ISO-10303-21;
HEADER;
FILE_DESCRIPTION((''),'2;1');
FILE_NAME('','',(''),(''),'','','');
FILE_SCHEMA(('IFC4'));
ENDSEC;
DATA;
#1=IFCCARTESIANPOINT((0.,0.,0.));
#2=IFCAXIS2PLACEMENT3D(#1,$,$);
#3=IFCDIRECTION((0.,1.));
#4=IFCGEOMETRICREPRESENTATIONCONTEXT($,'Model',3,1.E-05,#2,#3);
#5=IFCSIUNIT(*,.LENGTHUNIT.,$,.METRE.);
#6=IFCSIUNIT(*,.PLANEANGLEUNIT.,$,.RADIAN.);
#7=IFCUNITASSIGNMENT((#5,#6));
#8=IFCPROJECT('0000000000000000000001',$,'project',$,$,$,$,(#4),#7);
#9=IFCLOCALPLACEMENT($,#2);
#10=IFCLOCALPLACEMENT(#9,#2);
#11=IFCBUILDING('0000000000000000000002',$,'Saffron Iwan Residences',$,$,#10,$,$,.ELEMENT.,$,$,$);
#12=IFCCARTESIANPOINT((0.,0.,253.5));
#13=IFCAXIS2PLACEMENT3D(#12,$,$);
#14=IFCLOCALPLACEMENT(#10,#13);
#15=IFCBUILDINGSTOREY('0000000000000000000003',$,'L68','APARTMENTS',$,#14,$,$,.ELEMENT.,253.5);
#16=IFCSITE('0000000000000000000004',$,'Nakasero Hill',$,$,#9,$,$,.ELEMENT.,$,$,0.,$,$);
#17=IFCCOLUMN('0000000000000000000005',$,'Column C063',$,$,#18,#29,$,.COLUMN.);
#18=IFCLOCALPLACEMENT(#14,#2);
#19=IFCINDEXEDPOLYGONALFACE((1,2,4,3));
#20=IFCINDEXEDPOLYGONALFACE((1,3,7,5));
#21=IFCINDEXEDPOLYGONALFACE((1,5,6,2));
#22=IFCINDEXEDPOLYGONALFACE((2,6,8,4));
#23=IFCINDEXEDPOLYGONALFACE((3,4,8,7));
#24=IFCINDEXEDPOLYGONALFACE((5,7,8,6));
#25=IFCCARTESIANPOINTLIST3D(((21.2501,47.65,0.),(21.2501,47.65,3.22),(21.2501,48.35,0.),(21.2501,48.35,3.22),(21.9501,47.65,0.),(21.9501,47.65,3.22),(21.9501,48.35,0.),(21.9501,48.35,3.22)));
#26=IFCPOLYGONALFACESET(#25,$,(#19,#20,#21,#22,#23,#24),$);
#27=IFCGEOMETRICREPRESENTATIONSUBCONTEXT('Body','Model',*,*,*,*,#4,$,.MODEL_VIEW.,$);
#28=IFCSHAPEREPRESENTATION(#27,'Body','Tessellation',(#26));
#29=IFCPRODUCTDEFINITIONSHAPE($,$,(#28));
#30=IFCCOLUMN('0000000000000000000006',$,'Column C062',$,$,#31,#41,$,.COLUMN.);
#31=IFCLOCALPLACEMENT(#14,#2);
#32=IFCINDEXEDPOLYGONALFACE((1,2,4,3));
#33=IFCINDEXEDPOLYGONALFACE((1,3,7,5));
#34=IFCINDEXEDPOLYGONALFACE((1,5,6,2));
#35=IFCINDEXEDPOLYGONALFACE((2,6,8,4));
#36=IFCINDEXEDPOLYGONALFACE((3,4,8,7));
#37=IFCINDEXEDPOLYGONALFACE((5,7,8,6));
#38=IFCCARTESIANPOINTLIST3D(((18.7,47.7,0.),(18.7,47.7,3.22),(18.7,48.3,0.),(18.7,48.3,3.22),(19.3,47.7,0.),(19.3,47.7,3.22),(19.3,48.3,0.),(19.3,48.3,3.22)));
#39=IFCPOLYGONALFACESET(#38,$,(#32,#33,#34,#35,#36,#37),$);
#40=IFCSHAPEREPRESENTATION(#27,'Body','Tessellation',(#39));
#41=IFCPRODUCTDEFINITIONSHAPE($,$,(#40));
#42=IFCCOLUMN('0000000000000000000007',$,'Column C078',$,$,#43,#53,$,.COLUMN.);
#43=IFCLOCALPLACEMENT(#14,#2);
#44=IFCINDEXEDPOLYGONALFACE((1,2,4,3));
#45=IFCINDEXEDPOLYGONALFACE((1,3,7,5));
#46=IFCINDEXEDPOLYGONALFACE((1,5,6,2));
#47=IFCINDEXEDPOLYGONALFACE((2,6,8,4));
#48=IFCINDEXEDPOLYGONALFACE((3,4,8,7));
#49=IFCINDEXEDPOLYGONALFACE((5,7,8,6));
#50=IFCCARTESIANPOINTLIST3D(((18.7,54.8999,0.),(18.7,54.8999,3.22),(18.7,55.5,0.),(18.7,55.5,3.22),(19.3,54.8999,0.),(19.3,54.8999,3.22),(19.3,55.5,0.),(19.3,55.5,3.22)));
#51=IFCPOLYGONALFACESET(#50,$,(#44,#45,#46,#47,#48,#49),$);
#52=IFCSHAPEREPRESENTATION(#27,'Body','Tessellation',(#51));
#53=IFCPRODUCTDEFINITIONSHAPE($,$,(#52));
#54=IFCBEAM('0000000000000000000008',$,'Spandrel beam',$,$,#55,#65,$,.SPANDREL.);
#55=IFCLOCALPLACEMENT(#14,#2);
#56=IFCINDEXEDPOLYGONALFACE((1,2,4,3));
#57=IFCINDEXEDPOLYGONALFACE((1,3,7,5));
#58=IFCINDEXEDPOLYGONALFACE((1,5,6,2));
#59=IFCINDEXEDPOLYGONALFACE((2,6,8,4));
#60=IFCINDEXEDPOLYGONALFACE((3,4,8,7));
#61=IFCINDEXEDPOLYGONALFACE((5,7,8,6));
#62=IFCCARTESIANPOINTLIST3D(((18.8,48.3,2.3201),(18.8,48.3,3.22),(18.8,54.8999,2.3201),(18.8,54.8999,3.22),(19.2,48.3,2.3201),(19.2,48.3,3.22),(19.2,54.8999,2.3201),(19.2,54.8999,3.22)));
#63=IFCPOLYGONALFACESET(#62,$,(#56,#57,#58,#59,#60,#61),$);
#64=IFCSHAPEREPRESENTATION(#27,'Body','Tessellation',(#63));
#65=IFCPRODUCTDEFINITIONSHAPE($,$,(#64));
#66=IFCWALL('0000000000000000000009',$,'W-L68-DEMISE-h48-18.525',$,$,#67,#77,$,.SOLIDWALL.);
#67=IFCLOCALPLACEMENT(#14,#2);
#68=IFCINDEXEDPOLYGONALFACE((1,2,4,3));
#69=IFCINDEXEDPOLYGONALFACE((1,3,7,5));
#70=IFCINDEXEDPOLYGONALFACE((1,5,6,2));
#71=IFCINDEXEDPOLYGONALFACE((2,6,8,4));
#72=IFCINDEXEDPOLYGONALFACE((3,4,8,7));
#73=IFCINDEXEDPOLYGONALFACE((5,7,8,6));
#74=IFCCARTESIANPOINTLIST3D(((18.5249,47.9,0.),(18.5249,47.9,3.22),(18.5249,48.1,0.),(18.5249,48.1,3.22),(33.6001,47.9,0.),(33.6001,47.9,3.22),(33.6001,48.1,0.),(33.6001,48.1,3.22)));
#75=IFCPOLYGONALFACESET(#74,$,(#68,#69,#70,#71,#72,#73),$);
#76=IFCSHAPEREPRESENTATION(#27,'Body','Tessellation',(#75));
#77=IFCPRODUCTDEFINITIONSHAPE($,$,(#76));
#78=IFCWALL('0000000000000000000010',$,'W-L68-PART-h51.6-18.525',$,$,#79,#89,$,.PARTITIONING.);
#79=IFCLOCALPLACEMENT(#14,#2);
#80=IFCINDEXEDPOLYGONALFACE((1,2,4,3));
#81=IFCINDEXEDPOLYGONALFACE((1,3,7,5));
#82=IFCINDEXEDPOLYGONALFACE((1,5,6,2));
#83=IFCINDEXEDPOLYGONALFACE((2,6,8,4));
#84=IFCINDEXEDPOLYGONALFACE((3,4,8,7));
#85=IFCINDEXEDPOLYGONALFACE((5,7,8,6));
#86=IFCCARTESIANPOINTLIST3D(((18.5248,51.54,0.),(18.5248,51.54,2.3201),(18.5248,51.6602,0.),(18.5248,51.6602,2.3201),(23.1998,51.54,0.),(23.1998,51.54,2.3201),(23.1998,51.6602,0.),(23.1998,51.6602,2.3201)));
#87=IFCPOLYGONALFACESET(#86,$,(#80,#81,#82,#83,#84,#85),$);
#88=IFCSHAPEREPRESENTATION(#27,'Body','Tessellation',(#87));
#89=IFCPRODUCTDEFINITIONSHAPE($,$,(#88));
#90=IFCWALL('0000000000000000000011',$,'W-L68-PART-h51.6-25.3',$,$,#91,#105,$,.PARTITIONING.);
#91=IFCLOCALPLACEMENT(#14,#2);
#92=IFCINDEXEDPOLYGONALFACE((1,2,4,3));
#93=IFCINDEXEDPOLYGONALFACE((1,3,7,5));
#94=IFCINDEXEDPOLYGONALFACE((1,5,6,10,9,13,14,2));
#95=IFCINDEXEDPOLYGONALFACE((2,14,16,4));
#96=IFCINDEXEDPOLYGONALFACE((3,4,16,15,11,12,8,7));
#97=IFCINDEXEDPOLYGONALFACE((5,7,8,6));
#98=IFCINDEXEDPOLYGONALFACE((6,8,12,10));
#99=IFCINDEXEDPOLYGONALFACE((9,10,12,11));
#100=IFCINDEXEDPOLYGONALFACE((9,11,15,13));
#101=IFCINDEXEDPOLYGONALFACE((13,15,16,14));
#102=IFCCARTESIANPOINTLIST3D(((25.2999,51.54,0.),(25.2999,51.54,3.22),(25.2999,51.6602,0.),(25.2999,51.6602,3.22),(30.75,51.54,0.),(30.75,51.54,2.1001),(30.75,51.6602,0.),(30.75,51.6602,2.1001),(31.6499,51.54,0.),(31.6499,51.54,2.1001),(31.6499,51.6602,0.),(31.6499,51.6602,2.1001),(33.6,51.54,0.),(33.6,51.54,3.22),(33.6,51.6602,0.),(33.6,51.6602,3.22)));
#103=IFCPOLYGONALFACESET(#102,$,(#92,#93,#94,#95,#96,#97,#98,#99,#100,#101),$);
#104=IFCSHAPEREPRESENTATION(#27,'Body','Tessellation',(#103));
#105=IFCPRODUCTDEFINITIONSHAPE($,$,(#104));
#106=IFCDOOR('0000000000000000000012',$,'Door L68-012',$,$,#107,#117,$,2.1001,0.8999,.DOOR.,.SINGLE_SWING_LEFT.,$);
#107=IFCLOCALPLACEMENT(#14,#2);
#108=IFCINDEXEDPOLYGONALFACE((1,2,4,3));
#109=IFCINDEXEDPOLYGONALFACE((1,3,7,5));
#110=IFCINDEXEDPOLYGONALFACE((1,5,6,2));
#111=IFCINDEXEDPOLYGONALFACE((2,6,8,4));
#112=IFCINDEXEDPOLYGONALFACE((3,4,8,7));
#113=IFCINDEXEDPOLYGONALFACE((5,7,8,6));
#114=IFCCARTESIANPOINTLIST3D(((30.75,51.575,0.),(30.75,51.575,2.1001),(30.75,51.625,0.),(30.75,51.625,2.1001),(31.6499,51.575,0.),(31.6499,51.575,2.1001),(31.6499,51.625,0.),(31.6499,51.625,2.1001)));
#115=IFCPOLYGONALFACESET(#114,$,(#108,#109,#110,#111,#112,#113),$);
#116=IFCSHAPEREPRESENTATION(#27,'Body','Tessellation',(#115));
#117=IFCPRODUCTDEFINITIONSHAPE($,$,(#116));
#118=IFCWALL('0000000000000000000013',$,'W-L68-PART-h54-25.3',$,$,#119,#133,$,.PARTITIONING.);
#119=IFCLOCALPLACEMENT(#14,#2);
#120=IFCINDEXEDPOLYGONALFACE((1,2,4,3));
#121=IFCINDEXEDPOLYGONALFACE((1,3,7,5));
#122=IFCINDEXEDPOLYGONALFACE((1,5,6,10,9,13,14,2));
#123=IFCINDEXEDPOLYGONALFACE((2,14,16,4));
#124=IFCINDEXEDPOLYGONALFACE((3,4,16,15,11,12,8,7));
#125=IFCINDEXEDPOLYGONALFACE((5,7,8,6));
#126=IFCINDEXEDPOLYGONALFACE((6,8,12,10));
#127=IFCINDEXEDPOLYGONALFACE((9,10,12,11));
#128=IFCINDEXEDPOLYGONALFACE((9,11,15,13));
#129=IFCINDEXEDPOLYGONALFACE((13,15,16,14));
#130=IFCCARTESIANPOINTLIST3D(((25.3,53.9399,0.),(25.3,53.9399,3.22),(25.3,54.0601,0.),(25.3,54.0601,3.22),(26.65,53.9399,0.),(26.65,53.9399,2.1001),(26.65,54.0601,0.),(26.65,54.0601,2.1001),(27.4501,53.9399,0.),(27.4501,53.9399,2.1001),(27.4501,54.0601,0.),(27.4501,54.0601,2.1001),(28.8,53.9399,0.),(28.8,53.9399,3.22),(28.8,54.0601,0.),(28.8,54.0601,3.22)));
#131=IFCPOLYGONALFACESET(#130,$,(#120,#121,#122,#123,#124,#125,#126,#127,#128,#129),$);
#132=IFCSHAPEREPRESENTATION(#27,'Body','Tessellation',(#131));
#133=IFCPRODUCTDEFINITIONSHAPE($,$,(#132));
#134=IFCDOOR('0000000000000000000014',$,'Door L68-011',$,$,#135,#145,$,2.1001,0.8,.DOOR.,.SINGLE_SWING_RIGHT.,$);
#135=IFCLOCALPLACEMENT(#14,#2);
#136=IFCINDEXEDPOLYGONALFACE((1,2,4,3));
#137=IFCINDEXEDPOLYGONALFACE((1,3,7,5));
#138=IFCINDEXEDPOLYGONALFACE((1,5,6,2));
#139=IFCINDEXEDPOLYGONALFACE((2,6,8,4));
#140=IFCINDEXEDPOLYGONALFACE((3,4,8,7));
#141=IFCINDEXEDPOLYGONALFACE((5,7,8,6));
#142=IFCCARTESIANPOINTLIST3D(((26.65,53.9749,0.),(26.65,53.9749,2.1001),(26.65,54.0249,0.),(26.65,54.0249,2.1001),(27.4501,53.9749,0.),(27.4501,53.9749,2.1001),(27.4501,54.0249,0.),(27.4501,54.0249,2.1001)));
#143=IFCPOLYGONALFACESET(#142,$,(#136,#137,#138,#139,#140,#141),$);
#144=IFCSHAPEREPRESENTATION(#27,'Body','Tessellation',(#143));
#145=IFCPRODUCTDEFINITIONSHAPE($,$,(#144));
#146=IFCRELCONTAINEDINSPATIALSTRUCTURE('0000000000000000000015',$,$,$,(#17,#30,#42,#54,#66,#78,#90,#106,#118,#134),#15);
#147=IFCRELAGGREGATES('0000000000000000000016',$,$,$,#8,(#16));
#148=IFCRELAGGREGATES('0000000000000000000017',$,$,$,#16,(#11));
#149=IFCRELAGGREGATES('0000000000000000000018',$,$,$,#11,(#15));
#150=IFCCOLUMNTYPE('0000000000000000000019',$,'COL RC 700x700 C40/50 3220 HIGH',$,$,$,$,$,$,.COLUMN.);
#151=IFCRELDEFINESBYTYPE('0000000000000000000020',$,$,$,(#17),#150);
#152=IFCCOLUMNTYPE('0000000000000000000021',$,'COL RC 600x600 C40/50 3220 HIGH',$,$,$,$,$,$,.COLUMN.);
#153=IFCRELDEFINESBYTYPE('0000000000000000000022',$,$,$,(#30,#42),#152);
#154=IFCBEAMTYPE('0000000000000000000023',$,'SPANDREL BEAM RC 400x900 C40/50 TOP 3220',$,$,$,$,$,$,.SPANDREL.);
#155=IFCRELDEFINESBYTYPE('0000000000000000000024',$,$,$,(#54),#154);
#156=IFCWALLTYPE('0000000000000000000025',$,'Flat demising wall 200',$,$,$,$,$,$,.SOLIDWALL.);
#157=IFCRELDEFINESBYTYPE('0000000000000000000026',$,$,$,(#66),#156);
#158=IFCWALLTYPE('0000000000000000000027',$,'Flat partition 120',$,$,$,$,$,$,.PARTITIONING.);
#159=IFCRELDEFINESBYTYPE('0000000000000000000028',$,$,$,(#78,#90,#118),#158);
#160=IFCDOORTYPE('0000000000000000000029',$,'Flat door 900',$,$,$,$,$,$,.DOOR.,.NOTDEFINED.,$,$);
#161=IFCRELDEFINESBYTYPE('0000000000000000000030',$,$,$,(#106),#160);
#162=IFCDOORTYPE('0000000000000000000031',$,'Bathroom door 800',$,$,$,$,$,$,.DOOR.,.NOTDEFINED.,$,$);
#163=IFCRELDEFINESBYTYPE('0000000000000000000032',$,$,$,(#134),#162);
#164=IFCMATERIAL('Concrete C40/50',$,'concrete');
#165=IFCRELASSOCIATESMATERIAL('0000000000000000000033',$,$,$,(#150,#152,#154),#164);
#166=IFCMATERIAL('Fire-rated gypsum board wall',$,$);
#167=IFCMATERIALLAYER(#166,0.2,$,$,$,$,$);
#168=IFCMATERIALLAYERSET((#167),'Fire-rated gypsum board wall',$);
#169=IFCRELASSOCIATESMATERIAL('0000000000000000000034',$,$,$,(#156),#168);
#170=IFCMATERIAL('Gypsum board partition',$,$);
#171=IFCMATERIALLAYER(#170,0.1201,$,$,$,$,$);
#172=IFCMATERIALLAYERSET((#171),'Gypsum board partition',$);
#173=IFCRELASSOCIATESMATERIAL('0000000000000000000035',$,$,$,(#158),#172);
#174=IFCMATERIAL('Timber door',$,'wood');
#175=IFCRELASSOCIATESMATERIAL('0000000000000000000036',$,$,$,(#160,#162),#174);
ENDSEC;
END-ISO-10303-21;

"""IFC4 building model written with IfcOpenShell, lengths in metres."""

from ifc_helpers import new_model, si_unit, direction, frame, frame_2d, origin, origin_2d, place, context, subcontext, project, spatial, rectangle, extrude, source, transform, mapped, material, layer, layer_set, material_profile, profile_set, type_object, element, fill, save


model = new_model("IFC4")

# Units and contexts
model_context = context("Model", 3, precision=1e-05, world=origin(), true_north=direction((0.0, 1.0)))
body_context = subcontext(model_context, "Body", "Model", "MODEL_VIEW")
ifc_project = project(units=[si_unit("LENGTHUNIT", "METRE"), si_unit("PLANEANGLEUNIT", "RADIAN")], contexts=[model_context])

# Site, building, storey
site_placement = place(None, origin())
site = spatial("IfcSite", under=ifc_project, at=site_placement, Name="Nakasero Hill", CompositionType="ELEMENT", RefElevation=0.0)
building_placement = place(site_placement, origin())
building = spatial("IfcBuilding", under=site, at=building_placement, Name="Saffron Iwan Residences", CompositionType="ELEMENT")
storey_placement = place(building_placement, frame((0.0, 0.0, 253.5)))
storey = spatial("IfcBuildingStorey", under=building, at=storey_placement, Name="L68", Description="APARTMENTS", CompositionType="ELEMENT", Elevation=253.5)

# Columns
ifc_material_1 = material(Name="Concrete C40/50", Category="concrete")
ifc_material_profile_1 = material_profile(ifc_material_1, rectangle(XDim=0.7, YDim=0.7, at=origin_2d()), Name="RC 700x700")
ifc_profile_set_1 = profile_set([ifc_material_profile_1], Name="Concrete C40/50")
column_type_1 = type_object("IfcColumnType", Name="COL RC 700x700 C40/50 3220 HIGH", PredefinedType="COLUMN", material=ifc_profile_set_1)
shared_shape_1 = source(origin(), body_context, "Body", "SweptSolid", [
    extrude(rectangle(XDim=0.7, YDim=0.7, at=origin_2d()), origin(), (0.0, 0.0, 1.0), 3.22),
])
column_placement = place(storey_placement, frame((21.6001, 48.0, 0.0), z_axis=(0.0, 0.0, 1.0), x_axis=(1.0, 0.0, 0.0)))
element("IfcColumn", 1, at=column_placement, inside=storey, type_object=column_type_1, Name="Column C063", PredefinedType="COLUMN", context=body_context, shape_type="MappedRepresentation", body=[
    mapped(shared_shape_1, transform((0.0, 0.0, 0.0))),
])
ifc_material_profile_2 = material_profile(ifc_material_1, rectangle(XDim=0.6001, YDim=0.6001, at=origin_2d()), Name="RC 600x600")
ifc_profile_set_2 = profile_set([ifc_material_profile_2], Name="Concrete C40/50")
column_type_2 = type_object("IfcColumnType", Name="COL RC 600x600 C40/50 3220 HIGH", PredefinedType="COLUMN", material=ifc_profile_set_2)
shared_shape_2 = source(origin(), body_context, "Body", "SweptSolid", [
    extrude(rectangle(XDim=0.6001, YDim=0.6001, at=origin_2d()), origin(), (0.0, 0.0, 1.0), 3.22),
])
for number, where, z_axis, x_axis, name in (
    (2, (19.0, 48.0, 0.0), (0.0, 0.0, 1.0), (1.0, 0.0, 0.0), "Column C062"),
    (3, (19.0, 55.2, 0.0), (0.0, 0.0, 1.0), (1.0, 0.0, 0.0), "Column C078"),
):
    element("IfcColumn", number, at=place(storey_placement, frame(where, z_axis=z_axis, x_axis=x_axis)), inside=storey, type_object=column_type_2, Name=name, PredefinedType="COLUMN", context=body_context, shape_type="MappedRepresentation", body=[
        mapped(shared_shape_2, transform((0.0, 0.0, 0.0))),
    ])

# Beam
ifc_material_profile_3 = material_profile(ifc_material_1, rectangle(XDim=0.3999, YDim=0.8999, at=origin_2d()), Name="RC 400x900")
ifc_profile_set_3 = profile_set([ifc_material_profile_3], Name="Concrete C40/50")
beam_type = type_object("IfcBeamType", Name="SPANDREL BEAM RC 400x900 C40/50 TOP 3220", PredefinedType="SPANDREL", material=ifc_profile_set_3)
shared_shape_3 = source(origin(), body_context, "Body", "SweptSolid", [
    extrude(rectangle(XDim=0.3999, YDim=0.8999, at=origin_2d()), origin(), (0.0, 0.0, 1.0), 6.5999),
])
beam_placement = place(storey_placement, frame((19.0, 48.3, 2.77), z_axis=(0.0, 1.0, 0.0), x_axis=(-1.0, 0.0, 0.0)))
element("IfcBeam", 4, at=beam_placement, inside=storey, type_object=beam_type, Name="Spandrel beam", PredefinedType="SPANDREL", context=body_context, shape_type="MappedRepresentation", body=[
    mapped(shared_shape_3, transform((0.0, 0.0, 0.0))),
])

# Walls
ifc_material_2 = material(Name="Fire-rated gypsum board wall")
ifc_layer_1 = layer(ifc_material_2, 0.2)
ifc_layer_set_1 = layer_set([ifc_layer_1], Name="Fire-rated gypsum board wall")
wall_type_1 = type_object("IfcWallType", Name="Flat demising wall 200", PredefinedType="SOLIDWALL", material=ifc_layer_set_1)
wall_1_placement = place(storey_placement, frame((18.5249, 48.0, 0.0), z_axis=(0.0, 0.0, 1.0), x_axis=(1.0, 0.0, 0.0)))
element("IfcWall", 5, at=wall_1_placement, inside=storey, type_object=wall_type_1, Name="W-L68-DEMISE-h48-18.525", PredefinedType="SOLIDWALL", context=body_context, shape_type="SweptSolid", body=[
    extrude(rectangle(XDim=15.0752, YDim=0.2, at=frame_2d((7.5376, 0.0))), origin(), (0.0, 0.0, 1.0), 3.22),
])
ifc_material_3 = material(Name="Gypsum board partition")
ifc_layer_2 = layer(ifc_material_3, 0.1201)
ifc_layer_set_2 = layer_set([ifc_layer_2], Name="Gypsum board partition")
wall_type_2 = type_object("IfcWallType", Name="Flat partition 120", PredefinedType="PARTITIONING", material=ifc_layer_set_2)
wall_2_placement = place(storey_placement, frame((18.5249, 51.6001, 0.0), z_axis=(0.0, 0.0, 1.0), x_axis=(1.0, 0.0, 0.0)))
element("IfcWall", 6, at=wall_2_placement, inside=storey, type_object=wall_type_2, Name="W-L68-PART-h51.6-18.525", PredefinedType="PARTITIONING", context=body_context, shape_type="SweptSolid", body=[
    extrude(rectangle(XDim=4.675, YDim=0.1201, at=frame_2d((2.3374, 0.0))), origin(), (0.0, 0.0, 1.0), 2.3201),
])

# Walls, openings, doors
wall_3_placement = place(storey_placement, frame((25.3, 51.6001, 0.0), z_axis=(0.0, 0.0, 1.0), x_axis=(1.0, 0.0, 0.0)))
wall_3 = element("IfcWall", 7, at=wall_3_placement, inside=storey, type_object=wall_type_2, Name="W-L68-PART-h51.6-25.3", PredefinedType="PARTITIONING", context=body_context, shape_type="SweptSolid", body=[
    extrude(rectangle(XDim=8.3, YDim=0.1201, at=frame_2d((4.1499, 0.0))), origin(), (0.0, 0.0, 1.0), 3.22),
])
opening_1_placement = place(wall_3_placement, frame((5.45, 0.0, 0.0)))
opening_1 = element("IfcOpeningElement", 8, at=opening_1_placement, cuts=wall_3, PredefinedType="OPENING", context=body_context, shape_type="SweptSolid", body=[
    extrude(rectangle(XDim=0.8999, YDim=2.1001, at=frame_2d((0.45, 1.05))), frame((0.0, 0.0701, 0.0), z_axis=(0.0, -1.0, 0.0), x_axis=(1.0, 0.0, 0.0)), (0.0, 0.0, 1.0), 0.1401),
])
ifc_material_4 = material(Name="Timber door", Category="wood")
door_type_1 = type_object("IfcDoorType", Name="Flat door 900", OperationType="NOTDEFINED", PredefinedType="DOOR", material=ifc_material_4)
door_1_placement = place(opening_1_placement, origin())
door_1 = element("IfcDoor", 9, at=door_1_placement, inside=storey, type_object=door_type_1, Name="Door L68-012", OperationType="SINGLE_SWING_LEFT", OverallHeight=2.1001, OverallWidth=0.8999, PredefinedType="DOOR", context=body_context, shape_type="SweptSolid", body=[
    extrude(rectangle(XDim=0.8999, YDim=2.1001, at=frame_2d((0.45, 1.05))), frame((0.0, 0.0249, 0.0), z_axis=(0.0, -1.0, 0.0), x_axis=(1.0, 0.0, 0.0)), (0.0, 0.0, 1.0), 0.05),
])
fill(opening_1, door_1)
wall_4_placement = place(storey_placement, frame((25.3, 54.0, 0.0), z_axis=(0.0, 0.0, 1.0), x_axis=(1.0, 0.0, 0.0)))
wall_4 = element("IfcWall", 10, at=wall_4_placement, inside=storey, type_object=wall_type_2, Name="W-L68-PART-h54-25.3", PredefinedType="PARTITIONING", context=body_context, shape_type="SweptSolid", body=[
    extrude(rectangle(XDim=3.5, YDim=0.1201, at=frame_2d((1.75, 0.0))), origin(), (0.0, 0.0, 1.0), 3.22),
])
opening_2_placement = place(wall_4_placement, frame((1.3501, 0.0, 0.0)))
opening_2 = element("IfcOpeningElement", 11, at=opening_2_placement, cuts=wall_4, PredefinedType="OPENING", context=body_context, shape_type="SweptSolid", body=[
    extrude(rectangle(XDim=0.8, YDim=2.1001, at=frame_2d((0.3999, 1.05))), frame((0.0, 0.0701, 0.0), z_axis=(0.0, -1.0, 0.0), x_axis=(1.0, 0.0, 0.0)), (0.0, 0.0, 1.0), 0.1401),
])
door_type_2 = type_object("IfcDoorType", Name="Bathroom door 800", OperationType="NOTDEFINED", PredefinedType="DOOR", material=ifc_material_4)
door_2_placement = place(opening_2_placement, origin())
door_2 = element("IfcDoor", 12, at=door_2_placement, inside=storey, type_object=door_type_2, Name="Door L68-011", OperationType="SINGLE_SWING_RIGHT", OverallHeight=2.1001, OverallWidth=0.8, PredefinedType="DOOR", context=body_context, shape_type="SweptSolid", body=[
    extrude(rectangle(XDim=0.8, YDim=2.1001, at=frame_2d((0.3999, 1.05))), frame((0.0, 0.0249, 0.0), z_axis=(0.0, -1.0, 0.0), x_axis=(1.0, 0.0, 0.0)), (0.0, 0.0, 1.0), 0.05),
])
fill(opening_2, door_2)

save(model, "model.ifc")
